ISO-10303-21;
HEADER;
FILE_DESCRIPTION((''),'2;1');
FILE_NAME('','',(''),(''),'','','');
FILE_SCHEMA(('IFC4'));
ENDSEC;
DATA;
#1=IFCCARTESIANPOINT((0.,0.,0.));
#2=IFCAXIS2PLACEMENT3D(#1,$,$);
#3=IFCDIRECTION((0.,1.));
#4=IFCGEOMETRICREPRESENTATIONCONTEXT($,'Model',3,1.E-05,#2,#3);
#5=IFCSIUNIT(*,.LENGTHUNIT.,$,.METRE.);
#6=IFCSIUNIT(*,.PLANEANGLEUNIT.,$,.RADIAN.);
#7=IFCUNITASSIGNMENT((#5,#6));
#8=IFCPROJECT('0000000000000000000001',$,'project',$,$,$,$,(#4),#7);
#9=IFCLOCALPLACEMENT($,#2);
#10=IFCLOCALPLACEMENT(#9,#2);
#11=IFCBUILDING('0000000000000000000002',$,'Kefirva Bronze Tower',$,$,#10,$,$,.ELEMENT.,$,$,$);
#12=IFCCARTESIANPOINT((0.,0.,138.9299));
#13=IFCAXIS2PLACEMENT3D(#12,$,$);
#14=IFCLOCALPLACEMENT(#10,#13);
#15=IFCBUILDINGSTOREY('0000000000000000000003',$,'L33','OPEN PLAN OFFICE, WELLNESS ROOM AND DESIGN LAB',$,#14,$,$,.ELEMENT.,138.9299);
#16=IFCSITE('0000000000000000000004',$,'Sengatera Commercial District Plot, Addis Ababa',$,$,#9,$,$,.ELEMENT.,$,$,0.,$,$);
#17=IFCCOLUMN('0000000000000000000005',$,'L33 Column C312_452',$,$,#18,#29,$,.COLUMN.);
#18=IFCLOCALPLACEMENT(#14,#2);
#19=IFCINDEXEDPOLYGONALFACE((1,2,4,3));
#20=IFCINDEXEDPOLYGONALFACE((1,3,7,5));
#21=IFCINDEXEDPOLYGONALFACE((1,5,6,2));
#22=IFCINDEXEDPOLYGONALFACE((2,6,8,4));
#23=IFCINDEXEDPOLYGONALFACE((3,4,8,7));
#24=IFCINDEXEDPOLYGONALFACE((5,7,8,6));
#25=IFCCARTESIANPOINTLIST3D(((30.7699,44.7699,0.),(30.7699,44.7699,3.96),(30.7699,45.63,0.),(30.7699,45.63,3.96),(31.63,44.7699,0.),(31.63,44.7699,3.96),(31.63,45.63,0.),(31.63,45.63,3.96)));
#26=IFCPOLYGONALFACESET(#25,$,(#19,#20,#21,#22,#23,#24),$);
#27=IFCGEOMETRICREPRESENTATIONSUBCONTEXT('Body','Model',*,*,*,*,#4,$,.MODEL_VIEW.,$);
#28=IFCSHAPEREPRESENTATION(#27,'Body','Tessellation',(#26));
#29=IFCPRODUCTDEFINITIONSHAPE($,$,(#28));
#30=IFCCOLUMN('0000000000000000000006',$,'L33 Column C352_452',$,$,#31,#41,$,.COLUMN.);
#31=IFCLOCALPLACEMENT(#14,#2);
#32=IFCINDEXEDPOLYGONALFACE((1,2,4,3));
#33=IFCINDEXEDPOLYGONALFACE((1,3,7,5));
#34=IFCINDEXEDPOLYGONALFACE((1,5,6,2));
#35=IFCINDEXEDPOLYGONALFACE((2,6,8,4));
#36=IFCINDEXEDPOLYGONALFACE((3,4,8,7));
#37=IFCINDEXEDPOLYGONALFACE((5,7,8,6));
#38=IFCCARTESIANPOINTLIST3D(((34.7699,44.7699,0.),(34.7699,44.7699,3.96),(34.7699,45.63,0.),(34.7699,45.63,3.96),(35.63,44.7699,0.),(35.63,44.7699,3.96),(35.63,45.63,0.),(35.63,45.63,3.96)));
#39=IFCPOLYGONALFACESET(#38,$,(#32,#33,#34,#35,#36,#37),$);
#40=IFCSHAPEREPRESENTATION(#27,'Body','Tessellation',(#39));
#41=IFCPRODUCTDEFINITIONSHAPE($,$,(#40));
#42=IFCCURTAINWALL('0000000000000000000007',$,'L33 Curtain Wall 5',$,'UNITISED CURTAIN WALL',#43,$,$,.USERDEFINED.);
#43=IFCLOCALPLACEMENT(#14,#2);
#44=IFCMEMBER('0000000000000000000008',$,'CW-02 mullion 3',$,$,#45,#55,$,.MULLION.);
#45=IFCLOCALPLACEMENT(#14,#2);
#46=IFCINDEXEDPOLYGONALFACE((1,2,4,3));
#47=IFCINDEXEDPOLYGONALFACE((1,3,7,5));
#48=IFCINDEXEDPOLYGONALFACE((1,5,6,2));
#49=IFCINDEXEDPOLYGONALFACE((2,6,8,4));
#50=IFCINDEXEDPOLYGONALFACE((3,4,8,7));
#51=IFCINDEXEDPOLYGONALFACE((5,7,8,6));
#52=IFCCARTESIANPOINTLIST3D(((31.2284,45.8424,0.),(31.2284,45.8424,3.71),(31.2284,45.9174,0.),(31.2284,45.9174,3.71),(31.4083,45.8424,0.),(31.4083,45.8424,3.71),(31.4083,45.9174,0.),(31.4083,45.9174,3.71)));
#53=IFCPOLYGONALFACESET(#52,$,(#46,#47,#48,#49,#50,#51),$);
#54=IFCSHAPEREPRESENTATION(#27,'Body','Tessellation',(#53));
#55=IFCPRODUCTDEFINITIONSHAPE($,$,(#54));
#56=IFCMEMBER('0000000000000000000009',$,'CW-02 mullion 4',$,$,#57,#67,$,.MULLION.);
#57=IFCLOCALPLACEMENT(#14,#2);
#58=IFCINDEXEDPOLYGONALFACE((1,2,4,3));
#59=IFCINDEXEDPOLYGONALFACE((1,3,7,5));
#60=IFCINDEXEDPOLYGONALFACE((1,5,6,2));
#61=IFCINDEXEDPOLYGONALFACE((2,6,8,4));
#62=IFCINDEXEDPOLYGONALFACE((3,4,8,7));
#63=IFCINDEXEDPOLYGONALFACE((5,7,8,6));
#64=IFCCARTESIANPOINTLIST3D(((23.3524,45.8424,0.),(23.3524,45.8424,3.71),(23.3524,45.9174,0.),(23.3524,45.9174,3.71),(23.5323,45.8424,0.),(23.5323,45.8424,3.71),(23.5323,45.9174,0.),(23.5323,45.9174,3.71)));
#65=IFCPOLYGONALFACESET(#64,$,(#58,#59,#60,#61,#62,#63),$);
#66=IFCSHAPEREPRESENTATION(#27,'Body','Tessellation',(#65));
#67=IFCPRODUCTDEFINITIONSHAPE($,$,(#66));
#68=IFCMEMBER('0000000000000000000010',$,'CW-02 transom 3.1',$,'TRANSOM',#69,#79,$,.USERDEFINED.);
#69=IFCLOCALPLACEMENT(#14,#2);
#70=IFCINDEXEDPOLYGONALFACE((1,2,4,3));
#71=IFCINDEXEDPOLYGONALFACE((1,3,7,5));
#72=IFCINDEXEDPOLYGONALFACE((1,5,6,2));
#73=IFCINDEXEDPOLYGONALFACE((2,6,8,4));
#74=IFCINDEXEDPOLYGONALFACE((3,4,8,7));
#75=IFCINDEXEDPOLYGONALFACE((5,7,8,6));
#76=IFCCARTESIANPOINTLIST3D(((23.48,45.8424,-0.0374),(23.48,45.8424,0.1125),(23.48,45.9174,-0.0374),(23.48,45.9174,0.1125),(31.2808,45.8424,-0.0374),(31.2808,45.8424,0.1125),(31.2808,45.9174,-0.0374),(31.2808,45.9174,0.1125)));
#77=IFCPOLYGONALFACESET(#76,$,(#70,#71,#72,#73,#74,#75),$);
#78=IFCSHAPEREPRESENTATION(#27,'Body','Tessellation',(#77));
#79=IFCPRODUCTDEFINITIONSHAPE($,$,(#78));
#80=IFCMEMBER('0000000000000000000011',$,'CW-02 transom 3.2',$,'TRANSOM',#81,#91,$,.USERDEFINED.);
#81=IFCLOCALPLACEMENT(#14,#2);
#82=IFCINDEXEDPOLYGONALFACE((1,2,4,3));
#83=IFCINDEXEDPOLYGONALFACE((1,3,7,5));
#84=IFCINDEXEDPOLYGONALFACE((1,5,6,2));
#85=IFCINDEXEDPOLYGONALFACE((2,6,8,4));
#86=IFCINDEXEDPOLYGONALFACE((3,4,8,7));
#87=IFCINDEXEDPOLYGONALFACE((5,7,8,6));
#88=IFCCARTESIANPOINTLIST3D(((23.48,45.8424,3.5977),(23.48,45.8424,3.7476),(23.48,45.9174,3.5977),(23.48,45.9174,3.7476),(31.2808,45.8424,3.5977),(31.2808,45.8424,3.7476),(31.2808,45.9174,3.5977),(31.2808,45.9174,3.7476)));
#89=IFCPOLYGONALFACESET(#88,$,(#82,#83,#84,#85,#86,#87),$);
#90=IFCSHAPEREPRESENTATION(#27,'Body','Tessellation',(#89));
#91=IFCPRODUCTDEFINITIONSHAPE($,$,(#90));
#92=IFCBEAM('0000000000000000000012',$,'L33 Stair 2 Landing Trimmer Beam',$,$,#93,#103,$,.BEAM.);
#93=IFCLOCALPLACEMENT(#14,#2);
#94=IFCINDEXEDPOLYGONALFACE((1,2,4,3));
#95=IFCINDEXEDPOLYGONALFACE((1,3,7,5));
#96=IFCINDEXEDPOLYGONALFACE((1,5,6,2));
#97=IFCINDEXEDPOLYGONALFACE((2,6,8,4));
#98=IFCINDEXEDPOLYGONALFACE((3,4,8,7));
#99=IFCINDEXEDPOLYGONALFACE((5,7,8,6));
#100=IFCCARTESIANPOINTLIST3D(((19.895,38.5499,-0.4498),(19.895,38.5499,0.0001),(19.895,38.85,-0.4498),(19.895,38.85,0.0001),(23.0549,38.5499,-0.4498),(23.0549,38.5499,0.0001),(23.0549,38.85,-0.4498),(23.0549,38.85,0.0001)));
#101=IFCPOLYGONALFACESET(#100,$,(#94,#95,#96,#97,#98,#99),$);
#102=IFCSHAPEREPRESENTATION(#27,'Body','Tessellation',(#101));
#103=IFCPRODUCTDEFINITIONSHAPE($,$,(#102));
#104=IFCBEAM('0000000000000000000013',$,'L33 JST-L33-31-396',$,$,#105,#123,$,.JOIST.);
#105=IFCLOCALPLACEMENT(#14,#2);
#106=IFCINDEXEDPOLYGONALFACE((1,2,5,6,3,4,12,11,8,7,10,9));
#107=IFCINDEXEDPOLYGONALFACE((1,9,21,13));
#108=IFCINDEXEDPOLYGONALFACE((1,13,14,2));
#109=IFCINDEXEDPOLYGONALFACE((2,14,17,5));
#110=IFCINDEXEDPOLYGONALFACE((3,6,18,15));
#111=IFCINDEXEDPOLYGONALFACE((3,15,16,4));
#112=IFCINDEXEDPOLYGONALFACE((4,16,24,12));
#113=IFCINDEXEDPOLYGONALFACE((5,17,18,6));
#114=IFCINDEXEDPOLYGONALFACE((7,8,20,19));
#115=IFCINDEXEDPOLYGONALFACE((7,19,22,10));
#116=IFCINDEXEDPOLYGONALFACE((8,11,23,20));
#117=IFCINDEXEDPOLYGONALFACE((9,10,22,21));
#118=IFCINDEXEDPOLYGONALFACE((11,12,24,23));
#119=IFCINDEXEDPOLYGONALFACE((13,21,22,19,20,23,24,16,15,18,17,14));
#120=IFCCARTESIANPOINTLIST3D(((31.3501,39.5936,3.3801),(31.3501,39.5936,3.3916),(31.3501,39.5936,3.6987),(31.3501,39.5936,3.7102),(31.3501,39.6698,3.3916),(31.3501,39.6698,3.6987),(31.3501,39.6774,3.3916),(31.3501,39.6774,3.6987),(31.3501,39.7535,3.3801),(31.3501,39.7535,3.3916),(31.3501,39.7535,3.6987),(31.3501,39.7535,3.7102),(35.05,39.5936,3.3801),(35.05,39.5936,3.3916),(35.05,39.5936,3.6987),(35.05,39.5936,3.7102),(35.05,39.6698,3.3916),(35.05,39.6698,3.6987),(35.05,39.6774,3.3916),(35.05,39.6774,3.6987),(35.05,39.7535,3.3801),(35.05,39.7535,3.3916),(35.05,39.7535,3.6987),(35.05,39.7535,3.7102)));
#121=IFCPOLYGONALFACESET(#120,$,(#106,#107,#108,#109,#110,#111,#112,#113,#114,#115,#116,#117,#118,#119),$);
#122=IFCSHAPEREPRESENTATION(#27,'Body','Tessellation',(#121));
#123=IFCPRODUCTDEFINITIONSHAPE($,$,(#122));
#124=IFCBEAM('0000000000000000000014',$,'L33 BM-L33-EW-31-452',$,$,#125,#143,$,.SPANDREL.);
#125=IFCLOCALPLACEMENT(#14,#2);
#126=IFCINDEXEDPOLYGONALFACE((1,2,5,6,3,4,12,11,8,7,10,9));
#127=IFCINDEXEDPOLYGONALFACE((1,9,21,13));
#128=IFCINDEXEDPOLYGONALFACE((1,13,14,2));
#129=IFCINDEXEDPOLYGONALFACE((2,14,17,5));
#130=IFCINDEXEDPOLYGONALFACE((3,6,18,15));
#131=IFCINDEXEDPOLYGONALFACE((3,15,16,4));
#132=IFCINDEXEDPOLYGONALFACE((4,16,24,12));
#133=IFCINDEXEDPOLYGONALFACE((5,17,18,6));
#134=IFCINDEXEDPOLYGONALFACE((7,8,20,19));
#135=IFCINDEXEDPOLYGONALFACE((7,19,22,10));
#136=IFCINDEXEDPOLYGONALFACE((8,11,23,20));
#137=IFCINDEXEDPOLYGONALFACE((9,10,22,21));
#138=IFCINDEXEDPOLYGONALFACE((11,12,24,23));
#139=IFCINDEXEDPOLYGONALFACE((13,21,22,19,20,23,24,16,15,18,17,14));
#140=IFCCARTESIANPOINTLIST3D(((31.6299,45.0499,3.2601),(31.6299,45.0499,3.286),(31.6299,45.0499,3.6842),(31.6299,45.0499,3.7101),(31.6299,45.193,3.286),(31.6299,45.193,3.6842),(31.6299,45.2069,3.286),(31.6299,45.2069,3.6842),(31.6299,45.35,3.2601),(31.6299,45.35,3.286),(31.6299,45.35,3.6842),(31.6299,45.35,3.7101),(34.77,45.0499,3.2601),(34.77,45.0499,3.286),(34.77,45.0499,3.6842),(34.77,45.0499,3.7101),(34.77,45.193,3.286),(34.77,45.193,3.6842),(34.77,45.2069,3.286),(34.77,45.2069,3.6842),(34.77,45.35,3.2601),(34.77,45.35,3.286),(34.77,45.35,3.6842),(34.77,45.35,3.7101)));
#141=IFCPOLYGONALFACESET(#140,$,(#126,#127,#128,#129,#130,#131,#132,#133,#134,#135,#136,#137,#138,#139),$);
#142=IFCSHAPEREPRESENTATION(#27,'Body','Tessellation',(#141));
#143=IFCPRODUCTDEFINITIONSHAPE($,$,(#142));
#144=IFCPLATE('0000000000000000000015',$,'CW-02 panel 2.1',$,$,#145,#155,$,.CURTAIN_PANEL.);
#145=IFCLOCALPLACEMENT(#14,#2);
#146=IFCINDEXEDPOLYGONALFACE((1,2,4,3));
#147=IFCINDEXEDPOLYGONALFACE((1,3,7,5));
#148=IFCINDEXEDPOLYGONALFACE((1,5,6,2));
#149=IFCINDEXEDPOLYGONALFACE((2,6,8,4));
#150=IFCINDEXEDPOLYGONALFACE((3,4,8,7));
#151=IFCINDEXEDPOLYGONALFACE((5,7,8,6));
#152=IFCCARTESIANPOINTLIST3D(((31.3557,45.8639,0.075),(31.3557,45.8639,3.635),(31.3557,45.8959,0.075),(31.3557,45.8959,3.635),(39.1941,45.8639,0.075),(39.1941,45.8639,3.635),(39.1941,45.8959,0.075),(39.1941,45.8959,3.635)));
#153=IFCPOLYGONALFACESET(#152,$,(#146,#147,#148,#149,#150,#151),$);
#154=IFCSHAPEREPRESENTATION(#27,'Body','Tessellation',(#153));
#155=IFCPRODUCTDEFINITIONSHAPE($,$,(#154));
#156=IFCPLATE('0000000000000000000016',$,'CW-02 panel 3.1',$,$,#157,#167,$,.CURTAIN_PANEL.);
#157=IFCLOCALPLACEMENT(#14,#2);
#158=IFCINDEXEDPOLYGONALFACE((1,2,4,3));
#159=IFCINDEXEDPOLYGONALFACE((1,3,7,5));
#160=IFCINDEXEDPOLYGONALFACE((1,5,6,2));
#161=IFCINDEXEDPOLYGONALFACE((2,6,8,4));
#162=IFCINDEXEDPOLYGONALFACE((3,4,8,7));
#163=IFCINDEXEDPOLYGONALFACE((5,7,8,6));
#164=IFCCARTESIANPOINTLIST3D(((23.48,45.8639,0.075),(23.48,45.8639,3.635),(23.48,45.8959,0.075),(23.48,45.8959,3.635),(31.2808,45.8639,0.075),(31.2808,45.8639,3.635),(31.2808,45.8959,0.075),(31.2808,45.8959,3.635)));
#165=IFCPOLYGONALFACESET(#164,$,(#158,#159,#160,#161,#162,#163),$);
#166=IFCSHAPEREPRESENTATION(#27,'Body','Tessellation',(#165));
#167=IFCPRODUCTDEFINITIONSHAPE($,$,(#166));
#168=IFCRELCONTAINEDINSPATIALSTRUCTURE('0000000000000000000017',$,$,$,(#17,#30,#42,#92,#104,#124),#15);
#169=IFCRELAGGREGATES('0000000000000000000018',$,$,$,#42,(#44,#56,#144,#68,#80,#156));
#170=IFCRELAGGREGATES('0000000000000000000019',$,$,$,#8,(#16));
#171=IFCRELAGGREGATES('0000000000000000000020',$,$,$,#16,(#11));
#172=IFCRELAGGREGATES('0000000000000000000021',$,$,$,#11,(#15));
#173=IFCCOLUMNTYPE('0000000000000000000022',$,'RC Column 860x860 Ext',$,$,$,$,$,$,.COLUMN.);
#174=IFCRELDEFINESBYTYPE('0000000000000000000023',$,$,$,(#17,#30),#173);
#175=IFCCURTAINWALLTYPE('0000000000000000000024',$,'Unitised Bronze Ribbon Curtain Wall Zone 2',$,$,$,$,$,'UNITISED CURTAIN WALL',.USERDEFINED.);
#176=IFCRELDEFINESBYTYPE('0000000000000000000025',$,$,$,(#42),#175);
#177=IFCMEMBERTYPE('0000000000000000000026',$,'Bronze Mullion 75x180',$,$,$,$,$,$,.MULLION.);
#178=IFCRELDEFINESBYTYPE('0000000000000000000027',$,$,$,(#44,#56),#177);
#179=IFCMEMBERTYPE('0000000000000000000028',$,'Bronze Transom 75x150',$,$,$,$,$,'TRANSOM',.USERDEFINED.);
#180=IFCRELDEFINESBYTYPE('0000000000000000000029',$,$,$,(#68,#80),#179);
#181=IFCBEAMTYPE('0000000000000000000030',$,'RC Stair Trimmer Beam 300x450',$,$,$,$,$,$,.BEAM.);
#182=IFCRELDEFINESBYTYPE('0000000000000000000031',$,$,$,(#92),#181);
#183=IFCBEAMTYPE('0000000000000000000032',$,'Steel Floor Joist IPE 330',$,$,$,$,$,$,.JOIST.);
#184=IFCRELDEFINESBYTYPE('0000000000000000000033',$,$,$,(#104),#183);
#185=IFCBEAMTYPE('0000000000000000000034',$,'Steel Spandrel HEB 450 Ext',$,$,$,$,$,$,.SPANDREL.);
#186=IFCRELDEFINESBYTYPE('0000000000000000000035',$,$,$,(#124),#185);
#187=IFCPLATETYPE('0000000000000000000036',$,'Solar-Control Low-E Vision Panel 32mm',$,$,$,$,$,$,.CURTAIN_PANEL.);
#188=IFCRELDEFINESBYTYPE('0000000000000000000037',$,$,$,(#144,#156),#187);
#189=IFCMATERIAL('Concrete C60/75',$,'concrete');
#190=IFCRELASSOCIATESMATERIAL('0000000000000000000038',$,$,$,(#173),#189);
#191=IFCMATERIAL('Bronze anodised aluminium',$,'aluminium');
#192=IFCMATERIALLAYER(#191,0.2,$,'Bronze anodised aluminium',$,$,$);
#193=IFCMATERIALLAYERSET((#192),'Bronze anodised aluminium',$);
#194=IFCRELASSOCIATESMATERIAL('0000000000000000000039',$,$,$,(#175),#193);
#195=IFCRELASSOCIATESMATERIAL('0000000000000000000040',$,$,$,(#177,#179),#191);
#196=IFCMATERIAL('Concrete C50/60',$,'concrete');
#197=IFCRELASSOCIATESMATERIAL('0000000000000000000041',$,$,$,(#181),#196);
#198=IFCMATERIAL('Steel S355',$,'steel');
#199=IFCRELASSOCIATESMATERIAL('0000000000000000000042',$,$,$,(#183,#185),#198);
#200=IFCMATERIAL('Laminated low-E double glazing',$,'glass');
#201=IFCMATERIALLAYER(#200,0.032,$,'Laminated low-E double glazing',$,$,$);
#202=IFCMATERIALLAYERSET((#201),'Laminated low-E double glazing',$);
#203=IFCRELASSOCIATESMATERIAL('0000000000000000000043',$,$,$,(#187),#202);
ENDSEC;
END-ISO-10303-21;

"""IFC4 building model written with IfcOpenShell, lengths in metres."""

from ifc_helpers import new_model, si_unit, direction, frame, origin, origin_2d, place, context, subcontext, project, spatial, rectangle, i_section, extrude, material, layer, layer_set, material_profile, profile_set, type_object, element, aggregate, save


model = new_model("IFC4")

# Units and contexts
model_context = context("Model", 3, precision=1e-05, world=origin(), true_north=direction((0.0, 1.0)))
body_context = subcontext(model_context, "Body", "Model", "MODEL_VIEW")
ifc_project = project(units=[si_unit("LENGTHUNIT", "METRE"), si_unit("PLANEANGLEUNIT", "RADIAN")], contexts=[model_context])

# Site, building, storey
site_placement = place(None, origin())
site = spatial("IfcSite", under=ifc_project, at=site_placement, Name="Sengatera Commercial District Plot, Addis Ababa", CompositionType="ELEMENT", RefElevation=0.0)
building_placement = place(site_placement, origin())
building = spatial("IfcBuilding", under=site, at=building_placement, Name="Kefirva Bronze Tower", CompositionType="ELEMENT")
storey_placement = place(building_placement, frame((0.0, 0.0, 138.9299)))
storey = spatial("IfcBuildingStorey", under=building, at=storey_placement, Name="L33", Description="OPEN PLAN OFFICE, WELLNESS ROOM AND DESIGN LAB", CompositionType="ELEMENT", Elevation=138.9299)

# Columns
ifc_material_1 = material(Name="Concrete C60/75", Category="concrete")
ifc_material_profile_1 = material_profile(ifc_material_1, rectangle(XDim=0.8601, YDim=0.8601, at=origin_2d()), Name="RC 860x860")
ifc_profile_set_1 = profile_set([ifc_material_profile_1], Name="Concrete C60/75")
column_type = type_object("IfcColumnType", Name="RC Column 860x860 Ext", PredefinedType="COLUMN", material=ifc_profile_set_1)
for number, where, z_axis, x_axis, name in (
    (1, (31.2, 45.2, 0.0), (0.0, 0.0, 1.0), (1.0, 0.0, 0.0), "L33 Column C312_452"),
    (2, (35.2, 45.2, 0.0), (0.0, 0.0, 1.0), (1.0, 0.0, 0.0), "L33 Column C352_452"),
):
    element("IfcColumn", number, at=place(storey_placement, frame(where, z_axis=z_axis, x_axis=x_axis)), inside=storey, type_object=column_type, Name=name, PredefinedType="COLUMN", context=body_context, shape_type="SweptSolid", body=[
        extrude(rectangle(XDim=0.8601, YDim=0.8601, at=origin_2d()), origin(), (0.0, 0.0, 1.0), 3.96),
    ])

# Curtain wall, members
ifc_material_2 = material(Name="Bronze anodised aluminium", Category="aluminium")
ifc_layer_1 = layer(ifc_material_2, 0.2, Name="Bronze anodised aluminium")
ifc_layer_set_1 = layer_set([ifc_layer_1], Name="Bronze anodised aluminium")
curtain_wall_type = type_object("IfcCurtainWallType", Name="Unitised Bronze Ribbon Curtain Wall Zone 2", ElementType="UNITISED CURTAIN WALL", PredefinedType="USERDEFINED", material=ifc_layer_set_1)
curtain_wall_placement = place(storey_placement, origin())
curtain_wall = element("IfcCurtainWall", 3, at=curtain_wall_placement, inside=storey, type_object=curtain_wall_type, Name="L33 Curtain Wall 5", ObjectType="UNITISED CURTAIN WALL", PredefinedType="USERDEFINED")
ifc_material_profile_2 = material_profile(ifc_material_2, rectangle(XDim=0.075, YDim=0.1799, at=origin_2d()), Name="ALU 75x180")
ifc_profile_set_2 = profile_set([ifc_material_profile_2], Name="Bronze anodised aluminium")
member_type_1 = type_object("IfcMemberType", Name="Bronze Mullion 75x180", PredefinedType="MULLION", material=ifc_profile_set_2)
member_1_placement = place(storey_placement, frame((31.3184, 45.8799, 0.0), z_axis=(0.0, 0.0, 1.0), x_axis=(0.0, -1.0, 0.0)))
member_1 = element("IfcMember", 4, at=member_1_placement, type_object=member_type_1, Name="CW-02 mullion 3", PredefinedType="MULLION", context=body_context, shape_type="SweptSolid", body=[
    extrude(rectangle(XDim=0.075, YDim=0.1799, at=origin_2d()), origin(), (0.0, 0.0, 1.0), 3.71),
])
member_2_placement = place(storey_placement, frame((23.4424, 45.8799, 0.0), z_axis=(0.0, 0.0, 1.0), x_axis=(0.0, -1.0, 0.0)))
member_2 = element("IfcMember", 5, at=member_2_placement, type_object=member_type_1, Name="CW-02 mullion 4", PredefinedType="MULLION", context=body_context, shape_type="SweptSolid", body=[
    extrude(rectangle(XDim=0.075, YDim=0.1799, at=origin_2d()), origin(), (0.0, 0.0, 1.0), 3.71),
])
ifc_material_profile_3 = material_profile(ifc_material_2, rectangle(XDim=0.075, YDim=0.1499, at=origin_2d()), Name="ALU 75x150")
ifc_profile_set_3 = profile_set([ifc_material_profile_3], Name="Bronze anodised aluminium")
member_type_2 = type_object("IfcMemberType", Name="Bronze Transom 75x150", ElementType="TRANSOM", PredefinedType="USERDEFINED", material=ifc_profile_set_3)
member_3_placement = place(storey_placement, frame((31.2808, 45.8799, 0.0376), z_axis=(-1.0, 0.0, 0.0), x_axis=(0.0, -1.0, 0.0)))
member_3 = element("IfcMember", 6, at=member_3_placement, type_object=member_type_2, Name="CW-02 transom 3.1", ObjectType="TRANSOM", PredefinedType="USERDEFINED", context=body_context, shape_type="SweptSolid", body=[
    extrude(rectangle(XDim=0.075, YDim=0.1499, at=origin_2d()), origin(), (0.0, 0.0, 1.0), 7.8008),
])
member_4_placement = place(storey_placement, frame((31.2808, 45.8799, 3.6726), z_axis=(-1.0, 0.0, 0.0), x_axis=(0.0, -1.0, 0.0)))
member_4 = element("IfcMember", 7, at=member_4_placement, type_object=member_type_2, Name="CW-02 transom 3.2", ObjectType="TRANSOM", PredefinedType="USERDEFINED", context=body_context, shape_type="SweptSolid", body=[
    extrude(rectangle(XDim=0.075, YDim=0.1499, at=origin_2d()), origin(), (0.0, 0.0, 1.0), 7.8008),
])

# Beams
ifc_material_3 = material(Name="Concrete C50/60", Category="concrete")
ifc_material_profile_4 = material_profile(ifc_material_3, rectangle(XDim=0.3, YDim=0.45, at=origin_2d()), Name="RC 300x450")
ifc_profile_set_4 = profile_set([ifc_material_profile_4], Name="Concrete C50/60")
beam_type_1 = type_object("IfcBeamType", Name="RC Stair Trimmer Beam 300x450", PredefinedType="BEAM", material=ifc_profile_set_4)
beam_1_placement = place(storey_placement, frame((19.895, 38.7, -0.2249), z_axis=(1.0, 0.0, 0.0), x_axis=(0.0, 1.0, 0.0)))
element("IfcBeam", 8, at=beam_1_placement, inside=storey, type_object=beam_type_1, Name="L33 Stair 2 Landing Trimmer Beam", PredefinedType="BEAM", context=body_context, shape_type="SweptSolid", body=[
    extrude(rectangle(XDim=0.3, YDim=0.45, at=origin_2d()), origin(), (0.0, 0.0, 1.0), 3.1599),
])
ifc_material_4 = material(Name="Steel S355", Category="steel")
ifc_material_profile_5 = material_profile(ifc_material_4, i_section(OverallWidth=0.1599, OverallDepth=0.3301, WebThickness=0.0076, FlangeThickness=0.0115, at=origin_2d()), Name="IPE 330")
ifc_profile_set_5 = profile_set([ifc_material_profile_5], Name="Steel S355")
beam_type_2 = type_object("IfcBeamType", Name="Steel Floor Joist IPE 330", PredefinedType="JOIST", material=ifc_profile_set_5)
beam_2_placement = place(storey_placement, frame((31.3501, 39.6736, 3.5452), z_axis=(1.0, 0.0, 0.0), x_axis=(0.0, 1.0, 0.0)))
element("IfcBeam", 9, at=beam_2_placement, inside=storey, type_object=beam_type_2, Name="L33 JST-L33-31-396", PredefinedType="JOIST", context=body_context, shape_type="SweptSolid", body=[
    extrude(i_section(OverallWidth=0.1599, OverallDepth=0.3301, WebThickness=0.0076, FlangeThickness=0.0115, at=origin_2d()), origin(), (0.0, 0.0, 1.0), 3.7),
])
ifc_material_profile_6 = material_profile(ifc_material_4, i_section(OverallWidth=0.3, OverallDepth=0.45, WebThickness=0.0139, FlangeThickness=0.0259, at=origin_2d()), Name="HEB 450")
ifc_profile_set_6 = profile_set([ifc_material_profile_6], Name="Steel S355")
beam_type_3 = type_object("IfcBeamType", Name="Steel Spandrel HEB 450 Ext", PredefinedType="SPANDREL", material=ifc_profile_set_6)
beam_3_placement = place(storey_placement, frame((31.6299, 45.2, 3.4851), z_axis=(1.0, 0.0, 0.0), x_axis=(0.0, 1.0, 0.0)))
element("IfcBeam", 10, at=beam_3_placement, inside=storey, type_object=beam_type_3, Name="L33 BM-L33-EW-31-452", PredefinedType="SPANDREL", context=body_context, shape_type="SweptSolid", body=[
    extrude(i_section(OverallWidth=0.3, OverallDepth=0.45, WebThickness=0.0139, FlangeThickness=0.0259, at=origin_2d()), origin(), (0.0, 0.0, 1.0), 3.1401),
])

# Plates
ifc_material_5 = material(Name="Laminated low-E double glazing", Category="glass")
ifc_layer_2 = layer(ifc_material_5, 0.032, Name="Laminated low-E double glazing")
ifc_layer_set_2 = layer_set([ifc_layer_2], Name="Laminated low-E double glazing")
plate_type = type_object("IfcPlateType", Name="Solar-Control Low-E Vision Panel 32mm", PredefinedType="CURTAIN_PANEL", material=ifc_layer_set_2)
plate_1_placement = place(storey_placement, frame((35.2749, 45.8799, 0.075), z_axis=(0.0, 0.0, 1.0), x_axis=(-1.0, 0.0, 0.0)))
plate_1 = element("IfcPlate", 11, at=plate_1_placement, type_object=plate_type, Name="CW-02 panel 2.1", PredefinedType="CURTAIN_PANEL", context=body_context, shape_type="SweptSolid", body=[
    extrude(rectangle(XDim=7.8384, YDim=0.032, at=origin_2d()), origin(), (0.0, 0.0, 1.0), 3.5601),
])
plate_2_placement = place(storey_placement, frame((27.3804, 45.8799, 0.075), z_axis=(0.0, 0.0, 1.0), x_axis=(-1.0, 0.0, 0.0)))
plate_2 = element("IfcPlate", 12, at=plate_2_placement, type_object=plate_type, Name="CW-02 panel 3.1", PredefinedType="CURTAIN_PANEL", context=body_context, shape_type="SweptSolid", body=[
    extrude(rectangle(XDim=7.8008, YDim=0.032, at=origin_2d()), origin(), (0.0, 0.0, 1.0), 3.5601),
])
aggregate(curtain_wall, [member_1, member_2, plate_1, member_3, member_4, plate_2])

save(model, "model.ifc")
